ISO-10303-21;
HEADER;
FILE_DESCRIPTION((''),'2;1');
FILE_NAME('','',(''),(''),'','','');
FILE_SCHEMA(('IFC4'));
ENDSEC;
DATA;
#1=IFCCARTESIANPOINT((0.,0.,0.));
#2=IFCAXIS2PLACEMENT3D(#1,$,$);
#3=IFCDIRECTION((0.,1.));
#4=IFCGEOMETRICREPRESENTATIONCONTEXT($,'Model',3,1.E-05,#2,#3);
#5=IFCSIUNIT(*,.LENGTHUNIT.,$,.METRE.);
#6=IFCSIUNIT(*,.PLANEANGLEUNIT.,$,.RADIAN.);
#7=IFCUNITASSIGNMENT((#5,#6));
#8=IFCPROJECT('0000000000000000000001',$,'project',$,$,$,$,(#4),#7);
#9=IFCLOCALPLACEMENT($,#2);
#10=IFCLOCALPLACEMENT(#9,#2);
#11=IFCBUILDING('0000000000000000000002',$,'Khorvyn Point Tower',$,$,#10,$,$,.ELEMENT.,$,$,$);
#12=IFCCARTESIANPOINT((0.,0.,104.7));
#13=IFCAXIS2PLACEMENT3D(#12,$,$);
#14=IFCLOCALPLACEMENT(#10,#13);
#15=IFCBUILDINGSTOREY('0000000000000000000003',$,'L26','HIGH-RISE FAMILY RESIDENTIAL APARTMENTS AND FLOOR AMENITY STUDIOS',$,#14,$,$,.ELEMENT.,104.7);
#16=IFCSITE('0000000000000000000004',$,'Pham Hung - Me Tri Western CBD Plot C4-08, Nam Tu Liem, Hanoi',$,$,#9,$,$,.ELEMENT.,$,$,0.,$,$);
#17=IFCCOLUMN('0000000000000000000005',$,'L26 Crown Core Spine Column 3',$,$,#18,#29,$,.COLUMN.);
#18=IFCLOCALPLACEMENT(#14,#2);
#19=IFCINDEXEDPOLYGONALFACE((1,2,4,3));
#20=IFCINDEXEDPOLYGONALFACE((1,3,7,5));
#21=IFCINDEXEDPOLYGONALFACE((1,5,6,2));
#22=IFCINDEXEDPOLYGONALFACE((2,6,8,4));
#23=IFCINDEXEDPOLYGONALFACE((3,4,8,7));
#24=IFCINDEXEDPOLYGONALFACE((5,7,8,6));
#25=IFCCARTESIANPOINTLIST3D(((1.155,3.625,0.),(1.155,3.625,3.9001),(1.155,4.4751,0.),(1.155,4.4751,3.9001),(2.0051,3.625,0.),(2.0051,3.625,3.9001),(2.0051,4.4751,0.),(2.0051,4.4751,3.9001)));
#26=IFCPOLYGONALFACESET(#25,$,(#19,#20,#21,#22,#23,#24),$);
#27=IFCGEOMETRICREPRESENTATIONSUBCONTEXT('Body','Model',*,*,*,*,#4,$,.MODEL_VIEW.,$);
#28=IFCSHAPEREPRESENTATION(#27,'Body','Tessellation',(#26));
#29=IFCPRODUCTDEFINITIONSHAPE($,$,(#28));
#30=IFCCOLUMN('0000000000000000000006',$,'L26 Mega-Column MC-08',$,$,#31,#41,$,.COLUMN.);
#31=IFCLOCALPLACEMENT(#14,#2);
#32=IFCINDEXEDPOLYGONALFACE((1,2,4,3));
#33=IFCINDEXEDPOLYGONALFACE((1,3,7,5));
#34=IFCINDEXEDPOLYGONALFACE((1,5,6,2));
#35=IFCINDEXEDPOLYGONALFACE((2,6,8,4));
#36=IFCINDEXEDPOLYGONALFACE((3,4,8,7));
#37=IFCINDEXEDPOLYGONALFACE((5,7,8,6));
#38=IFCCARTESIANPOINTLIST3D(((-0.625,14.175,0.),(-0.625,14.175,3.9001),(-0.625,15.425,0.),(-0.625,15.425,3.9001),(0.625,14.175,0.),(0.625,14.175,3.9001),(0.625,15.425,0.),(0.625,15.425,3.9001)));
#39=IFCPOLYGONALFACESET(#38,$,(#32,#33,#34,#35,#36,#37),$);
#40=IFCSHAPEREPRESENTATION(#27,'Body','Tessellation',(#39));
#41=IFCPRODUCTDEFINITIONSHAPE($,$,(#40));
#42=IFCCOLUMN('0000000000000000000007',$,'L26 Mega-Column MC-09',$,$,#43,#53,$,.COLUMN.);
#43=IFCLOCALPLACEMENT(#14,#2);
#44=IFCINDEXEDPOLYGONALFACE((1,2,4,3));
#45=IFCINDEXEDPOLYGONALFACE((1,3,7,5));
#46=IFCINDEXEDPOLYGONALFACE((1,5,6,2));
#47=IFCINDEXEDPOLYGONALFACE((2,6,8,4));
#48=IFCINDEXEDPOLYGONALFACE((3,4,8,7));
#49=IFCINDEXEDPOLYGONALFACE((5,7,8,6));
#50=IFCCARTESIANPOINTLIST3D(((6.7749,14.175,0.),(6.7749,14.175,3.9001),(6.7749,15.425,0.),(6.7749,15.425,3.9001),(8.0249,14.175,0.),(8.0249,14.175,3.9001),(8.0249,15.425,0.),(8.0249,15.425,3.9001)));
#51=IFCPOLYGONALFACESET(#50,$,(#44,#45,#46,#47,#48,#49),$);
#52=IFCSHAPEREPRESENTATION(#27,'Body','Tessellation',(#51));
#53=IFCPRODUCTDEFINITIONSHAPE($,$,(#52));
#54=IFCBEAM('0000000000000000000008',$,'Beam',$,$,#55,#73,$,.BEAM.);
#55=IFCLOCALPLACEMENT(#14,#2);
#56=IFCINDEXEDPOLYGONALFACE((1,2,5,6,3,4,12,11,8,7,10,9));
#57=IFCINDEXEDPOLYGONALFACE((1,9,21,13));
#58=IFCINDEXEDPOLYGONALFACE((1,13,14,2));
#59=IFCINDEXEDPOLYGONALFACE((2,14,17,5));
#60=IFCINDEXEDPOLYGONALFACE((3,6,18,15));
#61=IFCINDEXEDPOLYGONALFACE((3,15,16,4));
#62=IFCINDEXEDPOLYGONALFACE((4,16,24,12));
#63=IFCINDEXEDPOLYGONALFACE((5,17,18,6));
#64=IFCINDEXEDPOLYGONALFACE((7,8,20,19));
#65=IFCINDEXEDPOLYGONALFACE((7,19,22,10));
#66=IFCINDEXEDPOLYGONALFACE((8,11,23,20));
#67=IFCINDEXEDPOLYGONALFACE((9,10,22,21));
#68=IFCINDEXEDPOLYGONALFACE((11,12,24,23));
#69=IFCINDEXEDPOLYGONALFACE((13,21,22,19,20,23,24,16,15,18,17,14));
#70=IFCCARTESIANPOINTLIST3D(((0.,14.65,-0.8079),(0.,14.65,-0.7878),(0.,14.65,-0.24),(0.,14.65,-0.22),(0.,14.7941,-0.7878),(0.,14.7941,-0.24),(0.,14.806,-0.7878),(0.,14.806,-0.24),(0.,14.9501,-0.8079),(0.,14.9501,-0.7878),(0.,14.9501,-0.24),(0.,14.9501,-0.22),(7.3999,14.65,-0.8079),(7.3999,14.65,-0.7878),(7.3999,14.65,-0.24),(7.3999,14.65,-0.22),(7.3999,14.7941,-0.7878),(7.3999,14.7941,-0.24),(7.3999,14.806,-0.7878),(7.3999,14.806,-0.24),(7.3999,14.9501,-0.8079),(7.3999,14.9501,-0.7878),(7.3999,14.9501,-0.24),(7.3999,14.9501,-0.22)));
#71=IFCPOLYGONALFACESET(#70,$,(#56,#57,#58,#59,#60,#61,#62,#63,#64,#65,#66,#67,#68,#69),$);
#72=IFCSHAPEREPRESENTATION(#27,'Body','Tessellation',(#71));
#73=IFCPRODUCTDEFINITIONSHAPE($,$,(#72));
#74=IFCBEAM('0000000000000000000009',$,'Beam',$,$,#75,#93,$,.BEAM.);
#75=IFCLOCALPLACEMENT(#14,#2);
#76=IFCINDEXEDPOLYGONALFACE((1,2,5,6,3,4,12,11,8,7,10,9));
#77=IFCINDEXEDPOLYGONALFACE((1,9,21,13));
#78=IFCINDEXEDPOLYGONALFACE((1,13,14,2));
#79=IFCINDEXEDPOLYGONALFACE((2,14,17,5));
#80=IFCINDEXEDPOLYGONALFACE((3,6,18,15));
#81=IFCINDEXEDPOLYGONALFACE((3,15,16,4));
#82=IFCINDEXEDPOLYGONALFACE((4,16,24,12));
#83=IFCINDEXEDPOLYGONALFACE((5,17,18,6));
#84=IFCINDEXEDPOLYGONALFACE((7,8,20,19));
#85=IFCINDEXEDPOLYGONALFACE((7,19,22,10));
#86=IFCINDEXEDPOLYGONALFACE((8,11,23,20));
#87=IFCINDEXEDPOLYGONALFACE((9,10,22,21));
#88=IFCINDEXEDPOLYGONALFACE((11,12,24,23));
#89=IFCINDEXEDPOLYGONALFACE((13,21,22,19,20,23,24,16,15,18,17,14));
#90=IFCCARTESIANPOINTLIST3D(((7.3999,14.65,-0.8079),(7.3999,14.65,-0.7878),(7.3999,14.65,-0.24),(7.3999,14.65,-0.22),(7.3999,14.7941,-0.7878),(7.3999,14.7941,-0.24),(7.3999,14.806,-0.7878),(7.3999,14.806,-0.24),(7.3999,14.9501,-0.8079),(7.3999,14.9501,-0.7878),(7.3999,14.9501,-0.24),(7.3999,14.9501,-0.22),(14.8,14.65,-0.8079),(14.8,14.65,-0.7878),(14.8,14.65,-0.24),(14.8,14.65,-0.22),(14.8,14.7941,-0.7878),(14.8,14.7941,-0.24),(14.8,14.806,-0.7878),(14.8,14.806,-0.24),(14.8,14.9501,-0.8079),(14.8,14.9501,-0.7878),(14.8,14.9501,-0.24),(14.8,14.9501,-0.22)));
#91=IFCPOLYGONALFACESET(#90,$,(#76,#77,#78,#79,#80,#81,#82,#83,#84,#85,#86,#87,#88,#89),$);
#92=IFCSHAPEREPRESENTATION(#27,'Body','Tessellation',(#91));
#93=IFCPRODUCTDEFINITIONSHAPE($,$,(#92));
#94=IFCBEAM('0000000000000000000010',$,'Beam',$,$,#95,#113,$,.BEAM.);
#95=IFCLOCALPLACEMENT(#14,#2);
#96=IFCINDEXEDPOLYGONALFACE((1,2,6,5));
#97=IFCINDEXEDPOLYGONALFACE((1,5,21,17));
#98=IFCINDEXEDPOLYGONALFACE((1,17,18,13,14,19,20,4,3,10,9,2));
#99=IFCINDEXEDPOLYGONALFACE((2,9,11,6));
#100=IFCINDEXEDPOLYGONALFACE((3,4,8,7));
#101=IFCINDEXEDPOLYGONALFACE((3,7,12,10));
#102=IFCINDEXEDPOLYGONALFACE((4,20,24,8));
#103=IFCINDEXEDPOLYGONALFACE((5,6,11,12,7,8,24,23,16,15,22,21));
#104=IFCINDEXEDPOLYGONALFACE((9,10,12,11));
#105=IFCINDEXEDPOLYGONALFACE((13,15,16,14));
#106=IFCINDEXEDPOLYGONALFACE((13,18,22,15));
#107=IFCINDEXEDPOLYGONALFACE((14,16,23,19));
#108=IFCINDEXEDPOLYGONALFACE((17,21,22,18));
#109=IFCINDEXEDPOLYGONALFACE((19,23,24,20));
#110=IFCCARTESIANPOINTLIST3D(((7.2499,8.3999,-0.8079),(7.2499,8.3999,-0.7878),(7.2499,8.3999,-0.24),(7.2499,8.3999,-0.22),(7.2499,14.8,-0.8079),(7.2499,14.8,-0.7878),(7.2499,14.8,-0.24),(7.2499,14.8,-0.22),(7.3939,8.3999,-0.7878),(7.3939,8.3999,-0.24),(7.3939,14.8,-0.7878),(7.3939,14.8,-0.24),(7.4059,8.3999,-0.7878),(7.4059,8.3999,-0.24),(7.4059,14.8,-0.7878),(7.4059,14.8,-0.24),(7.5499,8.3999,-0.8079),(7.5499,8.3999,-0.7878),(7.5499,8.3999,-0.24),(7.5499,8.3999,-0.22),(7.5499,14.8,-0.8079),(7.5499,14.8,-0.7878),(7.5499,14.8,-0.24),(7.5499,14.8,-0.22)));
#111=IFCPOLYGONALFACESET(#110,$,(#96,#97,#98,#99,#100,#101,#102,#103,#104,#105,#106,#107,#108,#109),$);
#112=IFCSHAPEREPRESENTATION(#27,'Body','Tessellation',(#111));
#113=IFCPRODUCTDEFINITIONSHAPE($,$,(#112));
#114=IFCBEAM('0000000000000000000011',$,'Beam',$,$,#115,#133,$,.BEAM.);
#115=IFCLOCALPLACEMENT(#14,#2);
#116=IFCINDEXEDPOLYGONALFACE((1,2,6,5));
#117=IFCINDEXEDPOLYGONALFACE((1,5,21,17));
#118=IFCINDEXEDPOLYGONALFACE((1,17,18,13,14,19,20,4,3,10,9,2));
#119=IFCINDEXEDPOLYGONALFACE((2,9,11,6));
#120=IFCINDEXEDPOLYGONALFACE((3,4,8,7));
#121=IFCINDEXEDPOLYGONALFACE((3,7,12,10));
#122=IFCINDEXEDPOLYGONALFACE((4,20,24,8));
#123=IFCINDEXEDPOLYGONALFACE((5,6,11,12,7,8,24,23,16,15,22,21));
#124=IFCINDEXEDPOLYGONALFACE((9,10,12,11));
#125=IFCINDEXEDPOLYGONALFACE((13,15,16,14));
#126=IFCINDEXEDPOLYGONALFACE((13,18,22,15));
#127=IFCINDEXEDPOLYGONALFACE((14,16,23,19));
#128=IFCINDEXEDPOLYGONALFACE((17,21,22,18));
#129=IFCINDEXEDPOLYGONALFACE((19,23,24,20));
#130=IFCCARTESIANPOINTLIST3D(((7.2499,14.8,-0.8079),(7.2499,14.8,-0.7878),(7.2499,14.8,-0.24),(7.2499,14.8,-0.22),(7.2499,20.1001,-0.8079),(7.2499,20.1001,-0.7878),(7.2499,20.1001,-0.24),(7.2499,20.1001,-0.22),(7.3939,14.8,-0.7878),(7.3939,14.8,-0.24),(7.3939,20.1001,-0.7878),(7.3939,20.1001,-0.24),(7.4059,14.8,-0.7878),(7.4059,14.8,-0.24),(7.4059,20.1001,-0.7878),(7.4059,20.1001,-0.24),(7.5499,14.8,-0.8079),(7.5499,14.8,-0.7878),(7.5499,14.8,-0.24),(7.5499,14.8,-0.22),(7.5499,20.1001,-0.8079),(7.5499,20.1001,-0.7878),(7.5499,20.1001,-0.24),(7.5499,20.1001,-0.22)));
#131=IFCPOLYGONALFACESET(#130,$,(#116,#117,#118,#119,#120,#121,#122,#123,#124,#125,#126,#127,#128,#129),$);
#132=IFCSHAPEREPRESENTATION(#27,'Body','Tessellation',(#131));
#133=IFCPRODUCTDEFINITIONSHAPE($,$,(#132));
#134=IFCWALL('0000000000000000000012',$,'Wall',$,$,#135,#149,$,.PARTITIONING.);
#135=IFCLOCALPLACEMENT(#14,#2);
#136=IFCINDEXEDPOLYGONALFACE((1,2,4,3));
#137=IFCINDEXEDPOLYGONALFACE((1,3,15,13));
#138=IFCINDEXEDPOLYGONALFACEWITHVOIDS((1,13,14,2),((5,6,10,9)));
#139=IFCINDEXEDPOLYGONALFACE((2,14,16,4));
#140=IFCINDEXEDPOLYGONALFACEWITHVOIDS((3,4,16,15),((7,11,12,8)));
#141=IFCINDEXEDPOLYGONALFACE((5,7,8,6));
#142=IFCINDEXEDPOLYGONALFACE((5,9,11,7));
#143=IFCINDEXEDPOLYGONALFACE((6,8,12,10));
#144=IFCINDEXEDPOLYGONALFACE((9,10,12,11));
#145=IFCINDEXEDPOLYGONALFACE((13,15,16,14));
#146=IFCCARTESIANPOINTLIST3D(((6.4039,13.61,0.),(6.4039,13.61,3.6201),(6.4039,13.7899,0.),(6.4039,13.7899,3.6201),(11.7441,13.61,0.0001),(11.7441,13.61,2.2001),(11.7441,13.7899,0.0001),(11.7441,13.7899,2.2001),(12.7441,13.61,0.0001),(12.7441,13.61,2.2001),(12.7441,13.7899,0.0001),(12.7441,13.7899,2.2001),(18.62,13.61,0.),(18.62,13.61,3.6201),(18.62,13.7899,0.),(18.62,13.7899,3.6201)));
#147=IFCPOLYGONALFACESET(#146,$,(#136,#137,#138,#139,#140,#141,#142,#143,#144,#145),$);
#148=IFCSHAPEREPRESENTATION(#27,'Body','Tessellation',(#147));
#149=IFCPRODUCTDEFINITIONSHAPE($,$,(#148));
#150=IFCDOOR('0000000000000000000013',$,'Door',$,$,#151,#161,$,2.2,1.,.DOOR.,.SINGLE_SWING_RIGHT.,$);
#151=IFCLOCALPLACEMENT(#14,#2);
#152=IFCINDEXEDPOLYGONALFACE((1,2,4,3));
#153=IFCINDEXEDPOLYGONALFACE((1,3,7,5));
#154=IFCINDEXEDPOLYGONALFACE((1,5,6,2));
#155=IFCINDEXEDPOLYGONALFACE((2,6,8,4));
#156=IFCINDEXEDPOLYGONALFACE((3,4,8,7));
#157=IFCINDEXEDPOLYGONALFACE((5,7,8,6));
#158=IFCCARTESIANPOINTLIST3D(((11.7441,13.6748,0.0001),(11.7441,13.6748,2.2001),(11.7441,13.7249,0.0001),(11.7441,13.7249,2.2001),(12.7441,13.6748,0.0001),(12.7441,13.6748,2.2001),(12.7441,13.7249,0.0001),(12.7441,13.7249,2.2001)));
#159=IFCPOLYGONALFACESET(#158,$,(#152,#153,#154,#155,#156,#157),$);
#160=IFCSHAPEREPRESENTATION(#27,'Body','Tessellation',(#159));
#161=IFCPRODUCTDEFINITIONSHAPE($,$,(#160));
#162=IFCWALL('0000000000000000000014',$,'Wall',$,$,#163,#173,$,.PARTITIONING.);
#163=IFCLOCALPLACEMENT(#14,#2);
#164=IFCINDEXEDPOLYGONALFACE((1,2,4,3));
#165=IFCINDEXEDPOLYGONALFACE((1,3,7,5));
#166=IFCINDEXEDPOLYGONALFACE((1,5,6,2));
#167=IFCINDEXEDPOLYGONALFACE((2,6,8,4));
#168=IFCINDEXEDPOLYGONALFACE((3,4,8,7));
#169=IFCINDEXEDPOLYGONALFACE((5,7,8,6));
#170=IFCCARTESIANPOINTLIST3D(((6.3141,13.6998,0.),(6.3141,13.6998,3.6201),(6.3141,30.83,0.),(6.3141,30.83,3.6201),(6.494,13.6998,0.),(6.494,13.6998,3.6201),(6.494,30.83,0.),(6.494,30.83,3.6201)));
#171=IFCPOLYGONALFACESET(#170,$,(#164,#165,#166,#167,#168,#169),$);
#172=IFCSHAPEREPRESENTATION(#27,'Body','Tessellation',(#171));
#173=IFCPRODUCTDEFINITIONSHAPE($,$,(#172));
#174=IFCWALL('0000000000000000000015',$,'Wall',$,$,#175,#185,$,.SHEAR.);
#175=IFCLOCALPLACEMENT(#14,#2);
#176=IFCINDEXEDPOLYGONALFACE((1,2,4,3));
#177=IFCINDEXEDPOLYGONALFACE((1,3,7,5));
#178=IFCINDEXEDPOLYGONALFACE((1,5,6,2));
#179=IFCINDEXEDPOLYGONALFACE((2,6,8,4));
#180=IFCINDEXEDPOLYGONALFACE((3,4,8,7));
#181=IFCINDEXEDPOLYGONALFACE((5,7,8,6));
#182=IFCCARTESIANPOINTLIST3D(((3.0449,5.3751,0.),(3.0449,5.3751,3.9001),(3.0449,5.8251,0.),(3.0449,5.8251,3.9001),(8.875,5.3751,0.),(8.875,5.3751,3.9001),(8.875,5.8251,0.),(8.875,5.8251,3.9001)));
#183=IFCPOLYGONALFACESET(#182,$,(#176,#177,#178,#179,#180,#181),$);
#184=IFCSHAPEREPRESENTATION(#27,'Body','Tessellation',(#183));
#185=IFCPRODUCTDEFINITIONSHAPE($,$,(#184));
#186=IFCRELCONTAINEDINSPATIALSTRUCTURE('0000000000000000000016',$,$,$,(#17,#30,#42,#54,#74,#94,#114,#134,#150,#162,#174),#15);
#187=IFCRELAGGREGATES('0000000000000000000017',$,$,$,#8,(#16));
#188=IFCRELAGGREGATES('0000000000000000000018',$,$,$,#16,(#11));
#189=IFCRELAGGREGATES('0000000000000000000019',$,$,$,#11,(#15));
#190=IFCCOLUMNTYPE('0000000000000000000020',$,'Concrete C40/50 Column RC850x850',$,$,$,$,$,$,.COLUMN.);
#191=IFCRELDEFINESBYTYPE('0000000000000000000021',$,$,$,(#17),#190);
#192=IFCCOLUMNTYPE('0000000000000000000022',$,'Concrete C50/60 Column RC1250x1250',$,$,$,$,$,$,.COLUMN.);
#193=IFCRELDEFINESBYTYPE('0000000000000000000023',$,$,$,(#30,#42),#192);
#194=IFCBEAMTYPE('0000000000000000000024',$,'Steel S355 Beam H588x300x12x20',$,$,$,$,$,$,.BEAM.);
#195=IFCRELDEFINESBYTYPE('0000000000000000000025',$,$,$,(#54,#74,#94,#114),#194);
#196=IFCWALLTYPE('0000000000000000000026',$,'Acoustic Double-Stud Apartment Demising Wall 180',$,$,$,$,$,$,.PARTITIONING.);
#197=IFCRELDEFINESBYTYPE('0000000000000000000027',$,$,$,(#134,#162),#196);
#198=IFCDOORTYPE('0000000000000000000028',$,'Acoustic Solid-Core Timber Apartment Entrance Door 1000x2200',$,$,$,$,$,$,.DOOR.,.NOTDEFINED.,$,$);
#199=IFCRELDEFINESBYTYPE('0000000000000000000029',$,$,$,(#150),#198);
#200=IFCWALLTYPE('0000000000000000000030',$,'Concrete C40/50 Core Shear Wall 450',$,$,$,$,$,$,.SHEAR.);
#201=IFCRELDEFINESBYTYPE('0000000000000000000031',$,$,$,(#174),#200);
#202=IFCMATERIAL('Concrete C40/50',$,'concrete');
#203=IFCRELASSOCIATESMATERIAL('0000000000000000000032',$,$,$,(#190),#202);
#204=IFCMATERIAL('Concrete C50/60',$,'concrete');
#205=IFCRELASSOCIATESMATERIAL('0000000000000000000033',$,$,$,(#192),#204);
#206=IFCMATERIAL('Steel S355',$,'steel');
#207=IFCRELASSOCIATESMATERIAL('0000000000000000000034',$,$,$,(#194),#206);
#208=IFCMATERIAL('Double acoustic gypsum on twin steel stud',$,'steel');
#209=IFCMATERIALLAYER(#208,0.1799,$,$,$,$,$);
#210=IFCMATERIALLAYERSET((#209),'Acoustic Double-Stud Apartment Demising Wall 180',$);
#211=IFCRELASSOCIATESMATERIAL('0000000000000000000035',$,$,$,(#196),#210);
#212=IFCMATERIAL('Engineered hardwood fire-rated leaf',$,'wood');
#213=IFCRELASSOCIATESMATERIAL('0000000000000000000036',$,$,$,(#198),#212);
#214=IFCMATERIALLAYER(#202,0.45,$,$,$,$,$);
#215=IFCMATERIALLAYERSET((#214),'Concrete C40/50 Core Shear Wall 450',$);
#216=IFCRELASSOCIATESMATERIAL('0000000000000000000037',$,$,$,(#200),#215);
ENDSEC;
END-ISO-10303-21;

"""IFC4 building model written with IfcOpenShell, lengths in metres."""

from ifc_helpers import new_model, si_unit, direction, frame, frame_2d, origin, origin_2d, place, context, subcontext, project, spatial, rectangle, i_section, extrude, material, layer, layer_set, material_profile, profile_set, type_object, element, fill, save


model = new_model("IFC4")

# Units and contexts
model_context = context("Model", 3, precision=1e-05, world=origin(), true_north=direction((0.0, 1.0)))
body_context = subcontext(model_context, "Body", "Model", "MODEL_VIEW")
ifc_project = project(units=[si_unit("LENGTHUNIT", "METRE"), si_unit("PLANEANGLEUNIT", "RADIAN")], contexts=[model_context])

# Site, building, storey
site_placement = place(None, origin())
site = spatial("IfcSite", under=ifc_project, at=site_placement, Name="Pham Hung - Me Tri Western CBD Plot C4-08, Nam Tu Liem, Hanoi", CompositionType="ELEMENT", RefElevation=0.0)
building_placement = place(site_placement, origin())
building = spatial("IfcBuilding", under=site, at=building_placement, Name="Khorvyn Point Tower", CompositionType="ELEMENT")
storey_placement = place(building_placement, frame((0.0, 0.0, 104.7)))
storey = spatial("IfcBuildingStorey", under=building, at=storey_placement, Name="L26", Description="HIGH-RISE FAMILY RESIDENTIAL APARTMENTS AND FLOOR AMENITY STUDIOS", CompositionType="ELEMENT", Elevation=104.7)

# Columns
ifc_material_1 = material(Name="Concrete C40/50", Category="concrete")
ifc_material_profile_1 = material_profile(ifc_material_1, rectangle(XDim=0.8501, YDim=0.8501, at=origin_2d()))
ifc_profile_set_1 = profile_set([ifc_material_profile_1], Name="Concrete C40/50 RC850x850")
column_type_1 = type_object("IfcColumnType", Name="Concrete C40/50 Column RC850x850", PredefinedType="COLUMN", material=ifc_profile_set_1)
column_placement = place(storey_placement, frame((1.5801, 4.05, 0.0), z_axis=(0.0, 0.0, 1.0), x_axis=(1.0, 0.0, 0.0)))
element("IfcColumn", 1, at=column_placement, inside=storey, type_object=column_type_1, Name="L26 Crown Core Spine Column 3", PredefinedType="COLUMN", context=body_context, shape_type="SweptSolid", body=[
    extrude(rectangle(XDim=0.8501, YDim=0.8501, at=origin_2d()), origin(), (0.0, 0.0, 1.0), 3.9001),
])
ifc_material_2 = material(Name="Concrete C50/60", Category="concrete")
ifc_material_profile_2 = material_profile(ifc_material_2, rectangle(XDim=1.25, YDim=1.25, at=origin_2d()))
ifc_profile_set_2 = profile_set([ifc_material_profile_2], Name="Concrete C50/60 RC1250x1250")
column_type_2 = type_object("IfcColumnType", Name="Concrete C50/60 Column RC1250x1250", PredefinedType="COLUMN", material=ifc_profile_set_2)
for number, where, z_axis, x_axis, name in (
    (2, (0.0, 14.8, 0.0), (0.0, 0.0, 1.0), (1.0, 0.0, 0.0), "L26 Mega-Column MC-08"),
    (3, (7.3999, 14.8, 0.0), (0.0, 0.0, 1.0), (1.0, 0.0, 0.0), "L26 Mega-Column MC-09"),
):
    element("IfcColumn", number, at=place(storey_placement, frame(where, z_axis=z_axis, x_axis=x_axis)), inside=storey, type_object=column_type_2, Name=name, PredefinedType="COLUMN", context=body_context, shape_type="SweptSolid", body=[
        extrude(rectangle(XDim=1.25, YDim=1.25, at=origin_2d()), origin(), (0.0, 0.0, 1.0), 3.9001),
    ])

# Beams
ifc_material_3 = material(Name="Steel S355", Category="steel")
ifc_material_profile_3 = material_profile(ifc_material_3, i_section(OverallWidth=0.3, OverallDepth=0.5879, WebThickness=0.012, FlangeThickness=0.02, at=origin_2d()))
ifc_profile_set_3 = profile_set([ifc_material_profile_3], Name="Steel S355 H588x300x12x20")
beam_type = type_object("IfcBeamType", Name="Steel S355 Beam H588x300x12x20", PredefinedType="BEAM", material=ifc_profile_set_3)
beam_1_placement = place(storey_placement, frame((0.0, 14.8, -0.5139), z_axis=(1.0, 0.0, 0.0), x_axis=(0.0, 1.0, 0.0)))
element("IfcBeam", 4, at=beam_1_placement, inside=storey, type_object=beam_type, Name="Beam", PredefinedType="BEAM", context=body_context, shape_type="SweptSolid", body=[
    extrude(i_section(OverallWidth=0.3, OverallDepth=0.5879, WebThickness=0.012, FlangeThickness=0.02, at=origin_2d()), origin(), (0.0, 0.0, 1.0), 7.3999),
])
beam_2_placement = place(storey_placement, frame((7.3999, 14.8, -0.5139), z_axis=(1.0, 0.0, 0.0), x_axis=(0.0, 1.0, 0.0)))
element("IfcBeam", 5, at=beam_2_placement, inside=storey, type_object=beam_type, Name="Beam", PredefinedType="BEAM", context=body_context, shape_type="SweptSolid", body=[
    extrude(i_section(OverallWidth=0.3, OverallDepth=0.5879, WebThickness=0.012, FlangeThickness=0.02, at=origin_2d()), origin(), (0.0, 0.0, 1.0), 7.4001),
])
beam_3_placement = place(storey_placement, frame((7.3999, 8.3999, -0.5139), z_axis=(0.0, 1.0, 0.0), x_axis=(-1.0, 0.0, 0.0)))
element("IfcBeam", 6, at=beam_3_placement, inside=storey, type_object=beam_type, Name="Beam", PredefinedType="BEAM", context=body_context, shape_type="SweptSolid", body=[
    extrude(i_section(OverallWidth=0.3, OverallDepth=0.5879, WebThickness=0.012, FlangeThickness=0.02, at=origin_2d()), origin(), (0.0, 0.0, 1.0), 6.4001),
])
beam_4_placement = place(storey_placement, frame((7.3999, 14.8, -0.5139), z_axis=(0.0, 1.0, 0.0), x_axis=(-1.0, 0.0, 0.0)))
element("IfcBeam", 7, at=beam_4_placement, inside=storey, type_object=beam_type, Name="Beam", PredefinedType="BEAM", context=body_context, shape_type="SweptSolid", body=[
    extrude(i_section(OverallWidth=0.3, OverallDepth=0.5879, WebThickness=0.012, FlangeThickness=0.02, at=origin_2d()), origin(), (0.0, 0.0, 1.0), 5.3),
])

# Wall, opening, door
ifc_material_4 = material(Name="Double acoustic gypsum on twin steel stud", Category="steel")
ifc_layer_1 = layer(ifc_material_4, 0.1799)
ifc_layer_set_1 = layer_set([ifc_layer_1], Name="Acoustic Double-Stud Apartment Demising Wall 180")
wall_type_1 = type_object("IfcWallType", Name="Acoustic Double-Stud Apartment Demising Wall 180", PredefinedType="PARTITIONING", material=ifc_layer_set_1)
wall_1_placement = place(storey_placement, frame((6.4041, 13.7, 0.0), z_axis=(0.0, 0.0, 1.0), x_axis=(1.0, 0.0, 0.0)))
wall_1 = element("IfcWall", 8, at=wall_1_placement, inside=storey, type_object=wall_type_1, Name="Wall", PredefinedType="PARTITIONING", context=body_context, shape_type="SweptSolid", body=[
    extrude(rectangle(XDim=12.2161, YDim=0.1799, at=frame_2d((6.1079, 0.0))), origin(), (0.0, 0.0, 1.0), 3.6201),
])
opening_1_placement = place(wall_1_placement, frame((5.3401, 0.0, 0.0)))
opening_1 = element("IfcOpeningElement", 9, at=opening_1_placement, cuts=wall_1, PredefinedType="OPENING", context=body_context, shape_type="SweptSolid", body=[
    extrude(rectangle(XDim=1.0, YDim=2.2, at=frame_2d((0.5, 1.1001))), frame((0.0, 0.0999, 0.0), z_axis=(0.0, -1.0, 0.0), x_axis=(1.0, 0.0, 0.0)), (0.0, 0.0, 1.0), 0.2),
])
ifc_material_5 = material(Name="Engineered hardwood fire-rated leaf", Category="wood")
door_type_1 = type_object("IfcDoorType", Name="Acoustic Solid-Core Timber Apartment Entrance Door 1000x2200", OperationType="NOTDEFINED", PredefinedType="DOOR", material=ifc_material_5)
door_1_placement = place(opening_1_placement, origin())
door_1 = element("IfcDoor", 10, at=door_1_placement, inside=storey, type_object=door_type_1, Name="Door", OperationType="SINGLE_SWING_RIGHT", OverallHeight=2.2, OverallWidth=1.0, PredefinedType="DOOR", context=body_context, shape_type="SweptSolid", body=[
    extrude(rectangle(XDim=1.0, YDim=2.2, at=frame_2d((0.5, 1.1001))), frame((0.0, 0.0249, 0.0), z_axis=(0.0, -1.0, 0.0), x_axis=(1.0, 0.0, 0.0)), (0.0, 0.0, 1.0), 0.05),
])
fill(opening_1, door_1)

# Walls
wall_2_placement = place(storey_placement, frame((6.4041, 13.7, 0.0), z_axis=(0.0, 0.0, 1.0), x_axis=(0.0, 1.0, 0.0)))
element("IfcWall", 11, at=wall_2_placement, inside=storey, type_object=wall_type_1, Name="Wall", PredefinedType="PARTITIONING", context=body_context, shape_type="SweptSolid", body=[
    extrude(rectangle(XDim=17.1301, YDim=0.1799, at=frame_2d((8.5649, 0.0))), origin(), (0.0, 0.0, 1.0), 3.6201),
])
ifc_layer_2 = layer(ifc_material_1, 0.45)
ifc_layer_set_2 = layer_set([ifc_layer_2], Name="Concrete C40/50 Core Shear Wall 450")
wall_type_2 = type_object("IfcWallType", Name="Concrete C40/50 Core Shear Wall 450", PredefinedType="SHEAR", material=ifc_layer_set_2)
wall_3_placement = place(storey_placement, frame((3.0449, 5.6001, 0.0), z_axis=(0.0, 0.0, 1.0), x_axis=(1.0, 0.0, 0.0)))
element("IfcWall", 12, at=wall_3_placement, inside=storey, type_object=wall_type_2, Name="Wall", PredefinedType="SHEAR", context=body_context, shape_type="SweptSolid", body=[
    extrude(rectangle(XDim=5.8301, YDim=0.45, at=frame_2d((2.915, 0.0))), origin(), (0.0, 0.0, 1.0), 3.9001),
])

save(model, "model.ifc")
